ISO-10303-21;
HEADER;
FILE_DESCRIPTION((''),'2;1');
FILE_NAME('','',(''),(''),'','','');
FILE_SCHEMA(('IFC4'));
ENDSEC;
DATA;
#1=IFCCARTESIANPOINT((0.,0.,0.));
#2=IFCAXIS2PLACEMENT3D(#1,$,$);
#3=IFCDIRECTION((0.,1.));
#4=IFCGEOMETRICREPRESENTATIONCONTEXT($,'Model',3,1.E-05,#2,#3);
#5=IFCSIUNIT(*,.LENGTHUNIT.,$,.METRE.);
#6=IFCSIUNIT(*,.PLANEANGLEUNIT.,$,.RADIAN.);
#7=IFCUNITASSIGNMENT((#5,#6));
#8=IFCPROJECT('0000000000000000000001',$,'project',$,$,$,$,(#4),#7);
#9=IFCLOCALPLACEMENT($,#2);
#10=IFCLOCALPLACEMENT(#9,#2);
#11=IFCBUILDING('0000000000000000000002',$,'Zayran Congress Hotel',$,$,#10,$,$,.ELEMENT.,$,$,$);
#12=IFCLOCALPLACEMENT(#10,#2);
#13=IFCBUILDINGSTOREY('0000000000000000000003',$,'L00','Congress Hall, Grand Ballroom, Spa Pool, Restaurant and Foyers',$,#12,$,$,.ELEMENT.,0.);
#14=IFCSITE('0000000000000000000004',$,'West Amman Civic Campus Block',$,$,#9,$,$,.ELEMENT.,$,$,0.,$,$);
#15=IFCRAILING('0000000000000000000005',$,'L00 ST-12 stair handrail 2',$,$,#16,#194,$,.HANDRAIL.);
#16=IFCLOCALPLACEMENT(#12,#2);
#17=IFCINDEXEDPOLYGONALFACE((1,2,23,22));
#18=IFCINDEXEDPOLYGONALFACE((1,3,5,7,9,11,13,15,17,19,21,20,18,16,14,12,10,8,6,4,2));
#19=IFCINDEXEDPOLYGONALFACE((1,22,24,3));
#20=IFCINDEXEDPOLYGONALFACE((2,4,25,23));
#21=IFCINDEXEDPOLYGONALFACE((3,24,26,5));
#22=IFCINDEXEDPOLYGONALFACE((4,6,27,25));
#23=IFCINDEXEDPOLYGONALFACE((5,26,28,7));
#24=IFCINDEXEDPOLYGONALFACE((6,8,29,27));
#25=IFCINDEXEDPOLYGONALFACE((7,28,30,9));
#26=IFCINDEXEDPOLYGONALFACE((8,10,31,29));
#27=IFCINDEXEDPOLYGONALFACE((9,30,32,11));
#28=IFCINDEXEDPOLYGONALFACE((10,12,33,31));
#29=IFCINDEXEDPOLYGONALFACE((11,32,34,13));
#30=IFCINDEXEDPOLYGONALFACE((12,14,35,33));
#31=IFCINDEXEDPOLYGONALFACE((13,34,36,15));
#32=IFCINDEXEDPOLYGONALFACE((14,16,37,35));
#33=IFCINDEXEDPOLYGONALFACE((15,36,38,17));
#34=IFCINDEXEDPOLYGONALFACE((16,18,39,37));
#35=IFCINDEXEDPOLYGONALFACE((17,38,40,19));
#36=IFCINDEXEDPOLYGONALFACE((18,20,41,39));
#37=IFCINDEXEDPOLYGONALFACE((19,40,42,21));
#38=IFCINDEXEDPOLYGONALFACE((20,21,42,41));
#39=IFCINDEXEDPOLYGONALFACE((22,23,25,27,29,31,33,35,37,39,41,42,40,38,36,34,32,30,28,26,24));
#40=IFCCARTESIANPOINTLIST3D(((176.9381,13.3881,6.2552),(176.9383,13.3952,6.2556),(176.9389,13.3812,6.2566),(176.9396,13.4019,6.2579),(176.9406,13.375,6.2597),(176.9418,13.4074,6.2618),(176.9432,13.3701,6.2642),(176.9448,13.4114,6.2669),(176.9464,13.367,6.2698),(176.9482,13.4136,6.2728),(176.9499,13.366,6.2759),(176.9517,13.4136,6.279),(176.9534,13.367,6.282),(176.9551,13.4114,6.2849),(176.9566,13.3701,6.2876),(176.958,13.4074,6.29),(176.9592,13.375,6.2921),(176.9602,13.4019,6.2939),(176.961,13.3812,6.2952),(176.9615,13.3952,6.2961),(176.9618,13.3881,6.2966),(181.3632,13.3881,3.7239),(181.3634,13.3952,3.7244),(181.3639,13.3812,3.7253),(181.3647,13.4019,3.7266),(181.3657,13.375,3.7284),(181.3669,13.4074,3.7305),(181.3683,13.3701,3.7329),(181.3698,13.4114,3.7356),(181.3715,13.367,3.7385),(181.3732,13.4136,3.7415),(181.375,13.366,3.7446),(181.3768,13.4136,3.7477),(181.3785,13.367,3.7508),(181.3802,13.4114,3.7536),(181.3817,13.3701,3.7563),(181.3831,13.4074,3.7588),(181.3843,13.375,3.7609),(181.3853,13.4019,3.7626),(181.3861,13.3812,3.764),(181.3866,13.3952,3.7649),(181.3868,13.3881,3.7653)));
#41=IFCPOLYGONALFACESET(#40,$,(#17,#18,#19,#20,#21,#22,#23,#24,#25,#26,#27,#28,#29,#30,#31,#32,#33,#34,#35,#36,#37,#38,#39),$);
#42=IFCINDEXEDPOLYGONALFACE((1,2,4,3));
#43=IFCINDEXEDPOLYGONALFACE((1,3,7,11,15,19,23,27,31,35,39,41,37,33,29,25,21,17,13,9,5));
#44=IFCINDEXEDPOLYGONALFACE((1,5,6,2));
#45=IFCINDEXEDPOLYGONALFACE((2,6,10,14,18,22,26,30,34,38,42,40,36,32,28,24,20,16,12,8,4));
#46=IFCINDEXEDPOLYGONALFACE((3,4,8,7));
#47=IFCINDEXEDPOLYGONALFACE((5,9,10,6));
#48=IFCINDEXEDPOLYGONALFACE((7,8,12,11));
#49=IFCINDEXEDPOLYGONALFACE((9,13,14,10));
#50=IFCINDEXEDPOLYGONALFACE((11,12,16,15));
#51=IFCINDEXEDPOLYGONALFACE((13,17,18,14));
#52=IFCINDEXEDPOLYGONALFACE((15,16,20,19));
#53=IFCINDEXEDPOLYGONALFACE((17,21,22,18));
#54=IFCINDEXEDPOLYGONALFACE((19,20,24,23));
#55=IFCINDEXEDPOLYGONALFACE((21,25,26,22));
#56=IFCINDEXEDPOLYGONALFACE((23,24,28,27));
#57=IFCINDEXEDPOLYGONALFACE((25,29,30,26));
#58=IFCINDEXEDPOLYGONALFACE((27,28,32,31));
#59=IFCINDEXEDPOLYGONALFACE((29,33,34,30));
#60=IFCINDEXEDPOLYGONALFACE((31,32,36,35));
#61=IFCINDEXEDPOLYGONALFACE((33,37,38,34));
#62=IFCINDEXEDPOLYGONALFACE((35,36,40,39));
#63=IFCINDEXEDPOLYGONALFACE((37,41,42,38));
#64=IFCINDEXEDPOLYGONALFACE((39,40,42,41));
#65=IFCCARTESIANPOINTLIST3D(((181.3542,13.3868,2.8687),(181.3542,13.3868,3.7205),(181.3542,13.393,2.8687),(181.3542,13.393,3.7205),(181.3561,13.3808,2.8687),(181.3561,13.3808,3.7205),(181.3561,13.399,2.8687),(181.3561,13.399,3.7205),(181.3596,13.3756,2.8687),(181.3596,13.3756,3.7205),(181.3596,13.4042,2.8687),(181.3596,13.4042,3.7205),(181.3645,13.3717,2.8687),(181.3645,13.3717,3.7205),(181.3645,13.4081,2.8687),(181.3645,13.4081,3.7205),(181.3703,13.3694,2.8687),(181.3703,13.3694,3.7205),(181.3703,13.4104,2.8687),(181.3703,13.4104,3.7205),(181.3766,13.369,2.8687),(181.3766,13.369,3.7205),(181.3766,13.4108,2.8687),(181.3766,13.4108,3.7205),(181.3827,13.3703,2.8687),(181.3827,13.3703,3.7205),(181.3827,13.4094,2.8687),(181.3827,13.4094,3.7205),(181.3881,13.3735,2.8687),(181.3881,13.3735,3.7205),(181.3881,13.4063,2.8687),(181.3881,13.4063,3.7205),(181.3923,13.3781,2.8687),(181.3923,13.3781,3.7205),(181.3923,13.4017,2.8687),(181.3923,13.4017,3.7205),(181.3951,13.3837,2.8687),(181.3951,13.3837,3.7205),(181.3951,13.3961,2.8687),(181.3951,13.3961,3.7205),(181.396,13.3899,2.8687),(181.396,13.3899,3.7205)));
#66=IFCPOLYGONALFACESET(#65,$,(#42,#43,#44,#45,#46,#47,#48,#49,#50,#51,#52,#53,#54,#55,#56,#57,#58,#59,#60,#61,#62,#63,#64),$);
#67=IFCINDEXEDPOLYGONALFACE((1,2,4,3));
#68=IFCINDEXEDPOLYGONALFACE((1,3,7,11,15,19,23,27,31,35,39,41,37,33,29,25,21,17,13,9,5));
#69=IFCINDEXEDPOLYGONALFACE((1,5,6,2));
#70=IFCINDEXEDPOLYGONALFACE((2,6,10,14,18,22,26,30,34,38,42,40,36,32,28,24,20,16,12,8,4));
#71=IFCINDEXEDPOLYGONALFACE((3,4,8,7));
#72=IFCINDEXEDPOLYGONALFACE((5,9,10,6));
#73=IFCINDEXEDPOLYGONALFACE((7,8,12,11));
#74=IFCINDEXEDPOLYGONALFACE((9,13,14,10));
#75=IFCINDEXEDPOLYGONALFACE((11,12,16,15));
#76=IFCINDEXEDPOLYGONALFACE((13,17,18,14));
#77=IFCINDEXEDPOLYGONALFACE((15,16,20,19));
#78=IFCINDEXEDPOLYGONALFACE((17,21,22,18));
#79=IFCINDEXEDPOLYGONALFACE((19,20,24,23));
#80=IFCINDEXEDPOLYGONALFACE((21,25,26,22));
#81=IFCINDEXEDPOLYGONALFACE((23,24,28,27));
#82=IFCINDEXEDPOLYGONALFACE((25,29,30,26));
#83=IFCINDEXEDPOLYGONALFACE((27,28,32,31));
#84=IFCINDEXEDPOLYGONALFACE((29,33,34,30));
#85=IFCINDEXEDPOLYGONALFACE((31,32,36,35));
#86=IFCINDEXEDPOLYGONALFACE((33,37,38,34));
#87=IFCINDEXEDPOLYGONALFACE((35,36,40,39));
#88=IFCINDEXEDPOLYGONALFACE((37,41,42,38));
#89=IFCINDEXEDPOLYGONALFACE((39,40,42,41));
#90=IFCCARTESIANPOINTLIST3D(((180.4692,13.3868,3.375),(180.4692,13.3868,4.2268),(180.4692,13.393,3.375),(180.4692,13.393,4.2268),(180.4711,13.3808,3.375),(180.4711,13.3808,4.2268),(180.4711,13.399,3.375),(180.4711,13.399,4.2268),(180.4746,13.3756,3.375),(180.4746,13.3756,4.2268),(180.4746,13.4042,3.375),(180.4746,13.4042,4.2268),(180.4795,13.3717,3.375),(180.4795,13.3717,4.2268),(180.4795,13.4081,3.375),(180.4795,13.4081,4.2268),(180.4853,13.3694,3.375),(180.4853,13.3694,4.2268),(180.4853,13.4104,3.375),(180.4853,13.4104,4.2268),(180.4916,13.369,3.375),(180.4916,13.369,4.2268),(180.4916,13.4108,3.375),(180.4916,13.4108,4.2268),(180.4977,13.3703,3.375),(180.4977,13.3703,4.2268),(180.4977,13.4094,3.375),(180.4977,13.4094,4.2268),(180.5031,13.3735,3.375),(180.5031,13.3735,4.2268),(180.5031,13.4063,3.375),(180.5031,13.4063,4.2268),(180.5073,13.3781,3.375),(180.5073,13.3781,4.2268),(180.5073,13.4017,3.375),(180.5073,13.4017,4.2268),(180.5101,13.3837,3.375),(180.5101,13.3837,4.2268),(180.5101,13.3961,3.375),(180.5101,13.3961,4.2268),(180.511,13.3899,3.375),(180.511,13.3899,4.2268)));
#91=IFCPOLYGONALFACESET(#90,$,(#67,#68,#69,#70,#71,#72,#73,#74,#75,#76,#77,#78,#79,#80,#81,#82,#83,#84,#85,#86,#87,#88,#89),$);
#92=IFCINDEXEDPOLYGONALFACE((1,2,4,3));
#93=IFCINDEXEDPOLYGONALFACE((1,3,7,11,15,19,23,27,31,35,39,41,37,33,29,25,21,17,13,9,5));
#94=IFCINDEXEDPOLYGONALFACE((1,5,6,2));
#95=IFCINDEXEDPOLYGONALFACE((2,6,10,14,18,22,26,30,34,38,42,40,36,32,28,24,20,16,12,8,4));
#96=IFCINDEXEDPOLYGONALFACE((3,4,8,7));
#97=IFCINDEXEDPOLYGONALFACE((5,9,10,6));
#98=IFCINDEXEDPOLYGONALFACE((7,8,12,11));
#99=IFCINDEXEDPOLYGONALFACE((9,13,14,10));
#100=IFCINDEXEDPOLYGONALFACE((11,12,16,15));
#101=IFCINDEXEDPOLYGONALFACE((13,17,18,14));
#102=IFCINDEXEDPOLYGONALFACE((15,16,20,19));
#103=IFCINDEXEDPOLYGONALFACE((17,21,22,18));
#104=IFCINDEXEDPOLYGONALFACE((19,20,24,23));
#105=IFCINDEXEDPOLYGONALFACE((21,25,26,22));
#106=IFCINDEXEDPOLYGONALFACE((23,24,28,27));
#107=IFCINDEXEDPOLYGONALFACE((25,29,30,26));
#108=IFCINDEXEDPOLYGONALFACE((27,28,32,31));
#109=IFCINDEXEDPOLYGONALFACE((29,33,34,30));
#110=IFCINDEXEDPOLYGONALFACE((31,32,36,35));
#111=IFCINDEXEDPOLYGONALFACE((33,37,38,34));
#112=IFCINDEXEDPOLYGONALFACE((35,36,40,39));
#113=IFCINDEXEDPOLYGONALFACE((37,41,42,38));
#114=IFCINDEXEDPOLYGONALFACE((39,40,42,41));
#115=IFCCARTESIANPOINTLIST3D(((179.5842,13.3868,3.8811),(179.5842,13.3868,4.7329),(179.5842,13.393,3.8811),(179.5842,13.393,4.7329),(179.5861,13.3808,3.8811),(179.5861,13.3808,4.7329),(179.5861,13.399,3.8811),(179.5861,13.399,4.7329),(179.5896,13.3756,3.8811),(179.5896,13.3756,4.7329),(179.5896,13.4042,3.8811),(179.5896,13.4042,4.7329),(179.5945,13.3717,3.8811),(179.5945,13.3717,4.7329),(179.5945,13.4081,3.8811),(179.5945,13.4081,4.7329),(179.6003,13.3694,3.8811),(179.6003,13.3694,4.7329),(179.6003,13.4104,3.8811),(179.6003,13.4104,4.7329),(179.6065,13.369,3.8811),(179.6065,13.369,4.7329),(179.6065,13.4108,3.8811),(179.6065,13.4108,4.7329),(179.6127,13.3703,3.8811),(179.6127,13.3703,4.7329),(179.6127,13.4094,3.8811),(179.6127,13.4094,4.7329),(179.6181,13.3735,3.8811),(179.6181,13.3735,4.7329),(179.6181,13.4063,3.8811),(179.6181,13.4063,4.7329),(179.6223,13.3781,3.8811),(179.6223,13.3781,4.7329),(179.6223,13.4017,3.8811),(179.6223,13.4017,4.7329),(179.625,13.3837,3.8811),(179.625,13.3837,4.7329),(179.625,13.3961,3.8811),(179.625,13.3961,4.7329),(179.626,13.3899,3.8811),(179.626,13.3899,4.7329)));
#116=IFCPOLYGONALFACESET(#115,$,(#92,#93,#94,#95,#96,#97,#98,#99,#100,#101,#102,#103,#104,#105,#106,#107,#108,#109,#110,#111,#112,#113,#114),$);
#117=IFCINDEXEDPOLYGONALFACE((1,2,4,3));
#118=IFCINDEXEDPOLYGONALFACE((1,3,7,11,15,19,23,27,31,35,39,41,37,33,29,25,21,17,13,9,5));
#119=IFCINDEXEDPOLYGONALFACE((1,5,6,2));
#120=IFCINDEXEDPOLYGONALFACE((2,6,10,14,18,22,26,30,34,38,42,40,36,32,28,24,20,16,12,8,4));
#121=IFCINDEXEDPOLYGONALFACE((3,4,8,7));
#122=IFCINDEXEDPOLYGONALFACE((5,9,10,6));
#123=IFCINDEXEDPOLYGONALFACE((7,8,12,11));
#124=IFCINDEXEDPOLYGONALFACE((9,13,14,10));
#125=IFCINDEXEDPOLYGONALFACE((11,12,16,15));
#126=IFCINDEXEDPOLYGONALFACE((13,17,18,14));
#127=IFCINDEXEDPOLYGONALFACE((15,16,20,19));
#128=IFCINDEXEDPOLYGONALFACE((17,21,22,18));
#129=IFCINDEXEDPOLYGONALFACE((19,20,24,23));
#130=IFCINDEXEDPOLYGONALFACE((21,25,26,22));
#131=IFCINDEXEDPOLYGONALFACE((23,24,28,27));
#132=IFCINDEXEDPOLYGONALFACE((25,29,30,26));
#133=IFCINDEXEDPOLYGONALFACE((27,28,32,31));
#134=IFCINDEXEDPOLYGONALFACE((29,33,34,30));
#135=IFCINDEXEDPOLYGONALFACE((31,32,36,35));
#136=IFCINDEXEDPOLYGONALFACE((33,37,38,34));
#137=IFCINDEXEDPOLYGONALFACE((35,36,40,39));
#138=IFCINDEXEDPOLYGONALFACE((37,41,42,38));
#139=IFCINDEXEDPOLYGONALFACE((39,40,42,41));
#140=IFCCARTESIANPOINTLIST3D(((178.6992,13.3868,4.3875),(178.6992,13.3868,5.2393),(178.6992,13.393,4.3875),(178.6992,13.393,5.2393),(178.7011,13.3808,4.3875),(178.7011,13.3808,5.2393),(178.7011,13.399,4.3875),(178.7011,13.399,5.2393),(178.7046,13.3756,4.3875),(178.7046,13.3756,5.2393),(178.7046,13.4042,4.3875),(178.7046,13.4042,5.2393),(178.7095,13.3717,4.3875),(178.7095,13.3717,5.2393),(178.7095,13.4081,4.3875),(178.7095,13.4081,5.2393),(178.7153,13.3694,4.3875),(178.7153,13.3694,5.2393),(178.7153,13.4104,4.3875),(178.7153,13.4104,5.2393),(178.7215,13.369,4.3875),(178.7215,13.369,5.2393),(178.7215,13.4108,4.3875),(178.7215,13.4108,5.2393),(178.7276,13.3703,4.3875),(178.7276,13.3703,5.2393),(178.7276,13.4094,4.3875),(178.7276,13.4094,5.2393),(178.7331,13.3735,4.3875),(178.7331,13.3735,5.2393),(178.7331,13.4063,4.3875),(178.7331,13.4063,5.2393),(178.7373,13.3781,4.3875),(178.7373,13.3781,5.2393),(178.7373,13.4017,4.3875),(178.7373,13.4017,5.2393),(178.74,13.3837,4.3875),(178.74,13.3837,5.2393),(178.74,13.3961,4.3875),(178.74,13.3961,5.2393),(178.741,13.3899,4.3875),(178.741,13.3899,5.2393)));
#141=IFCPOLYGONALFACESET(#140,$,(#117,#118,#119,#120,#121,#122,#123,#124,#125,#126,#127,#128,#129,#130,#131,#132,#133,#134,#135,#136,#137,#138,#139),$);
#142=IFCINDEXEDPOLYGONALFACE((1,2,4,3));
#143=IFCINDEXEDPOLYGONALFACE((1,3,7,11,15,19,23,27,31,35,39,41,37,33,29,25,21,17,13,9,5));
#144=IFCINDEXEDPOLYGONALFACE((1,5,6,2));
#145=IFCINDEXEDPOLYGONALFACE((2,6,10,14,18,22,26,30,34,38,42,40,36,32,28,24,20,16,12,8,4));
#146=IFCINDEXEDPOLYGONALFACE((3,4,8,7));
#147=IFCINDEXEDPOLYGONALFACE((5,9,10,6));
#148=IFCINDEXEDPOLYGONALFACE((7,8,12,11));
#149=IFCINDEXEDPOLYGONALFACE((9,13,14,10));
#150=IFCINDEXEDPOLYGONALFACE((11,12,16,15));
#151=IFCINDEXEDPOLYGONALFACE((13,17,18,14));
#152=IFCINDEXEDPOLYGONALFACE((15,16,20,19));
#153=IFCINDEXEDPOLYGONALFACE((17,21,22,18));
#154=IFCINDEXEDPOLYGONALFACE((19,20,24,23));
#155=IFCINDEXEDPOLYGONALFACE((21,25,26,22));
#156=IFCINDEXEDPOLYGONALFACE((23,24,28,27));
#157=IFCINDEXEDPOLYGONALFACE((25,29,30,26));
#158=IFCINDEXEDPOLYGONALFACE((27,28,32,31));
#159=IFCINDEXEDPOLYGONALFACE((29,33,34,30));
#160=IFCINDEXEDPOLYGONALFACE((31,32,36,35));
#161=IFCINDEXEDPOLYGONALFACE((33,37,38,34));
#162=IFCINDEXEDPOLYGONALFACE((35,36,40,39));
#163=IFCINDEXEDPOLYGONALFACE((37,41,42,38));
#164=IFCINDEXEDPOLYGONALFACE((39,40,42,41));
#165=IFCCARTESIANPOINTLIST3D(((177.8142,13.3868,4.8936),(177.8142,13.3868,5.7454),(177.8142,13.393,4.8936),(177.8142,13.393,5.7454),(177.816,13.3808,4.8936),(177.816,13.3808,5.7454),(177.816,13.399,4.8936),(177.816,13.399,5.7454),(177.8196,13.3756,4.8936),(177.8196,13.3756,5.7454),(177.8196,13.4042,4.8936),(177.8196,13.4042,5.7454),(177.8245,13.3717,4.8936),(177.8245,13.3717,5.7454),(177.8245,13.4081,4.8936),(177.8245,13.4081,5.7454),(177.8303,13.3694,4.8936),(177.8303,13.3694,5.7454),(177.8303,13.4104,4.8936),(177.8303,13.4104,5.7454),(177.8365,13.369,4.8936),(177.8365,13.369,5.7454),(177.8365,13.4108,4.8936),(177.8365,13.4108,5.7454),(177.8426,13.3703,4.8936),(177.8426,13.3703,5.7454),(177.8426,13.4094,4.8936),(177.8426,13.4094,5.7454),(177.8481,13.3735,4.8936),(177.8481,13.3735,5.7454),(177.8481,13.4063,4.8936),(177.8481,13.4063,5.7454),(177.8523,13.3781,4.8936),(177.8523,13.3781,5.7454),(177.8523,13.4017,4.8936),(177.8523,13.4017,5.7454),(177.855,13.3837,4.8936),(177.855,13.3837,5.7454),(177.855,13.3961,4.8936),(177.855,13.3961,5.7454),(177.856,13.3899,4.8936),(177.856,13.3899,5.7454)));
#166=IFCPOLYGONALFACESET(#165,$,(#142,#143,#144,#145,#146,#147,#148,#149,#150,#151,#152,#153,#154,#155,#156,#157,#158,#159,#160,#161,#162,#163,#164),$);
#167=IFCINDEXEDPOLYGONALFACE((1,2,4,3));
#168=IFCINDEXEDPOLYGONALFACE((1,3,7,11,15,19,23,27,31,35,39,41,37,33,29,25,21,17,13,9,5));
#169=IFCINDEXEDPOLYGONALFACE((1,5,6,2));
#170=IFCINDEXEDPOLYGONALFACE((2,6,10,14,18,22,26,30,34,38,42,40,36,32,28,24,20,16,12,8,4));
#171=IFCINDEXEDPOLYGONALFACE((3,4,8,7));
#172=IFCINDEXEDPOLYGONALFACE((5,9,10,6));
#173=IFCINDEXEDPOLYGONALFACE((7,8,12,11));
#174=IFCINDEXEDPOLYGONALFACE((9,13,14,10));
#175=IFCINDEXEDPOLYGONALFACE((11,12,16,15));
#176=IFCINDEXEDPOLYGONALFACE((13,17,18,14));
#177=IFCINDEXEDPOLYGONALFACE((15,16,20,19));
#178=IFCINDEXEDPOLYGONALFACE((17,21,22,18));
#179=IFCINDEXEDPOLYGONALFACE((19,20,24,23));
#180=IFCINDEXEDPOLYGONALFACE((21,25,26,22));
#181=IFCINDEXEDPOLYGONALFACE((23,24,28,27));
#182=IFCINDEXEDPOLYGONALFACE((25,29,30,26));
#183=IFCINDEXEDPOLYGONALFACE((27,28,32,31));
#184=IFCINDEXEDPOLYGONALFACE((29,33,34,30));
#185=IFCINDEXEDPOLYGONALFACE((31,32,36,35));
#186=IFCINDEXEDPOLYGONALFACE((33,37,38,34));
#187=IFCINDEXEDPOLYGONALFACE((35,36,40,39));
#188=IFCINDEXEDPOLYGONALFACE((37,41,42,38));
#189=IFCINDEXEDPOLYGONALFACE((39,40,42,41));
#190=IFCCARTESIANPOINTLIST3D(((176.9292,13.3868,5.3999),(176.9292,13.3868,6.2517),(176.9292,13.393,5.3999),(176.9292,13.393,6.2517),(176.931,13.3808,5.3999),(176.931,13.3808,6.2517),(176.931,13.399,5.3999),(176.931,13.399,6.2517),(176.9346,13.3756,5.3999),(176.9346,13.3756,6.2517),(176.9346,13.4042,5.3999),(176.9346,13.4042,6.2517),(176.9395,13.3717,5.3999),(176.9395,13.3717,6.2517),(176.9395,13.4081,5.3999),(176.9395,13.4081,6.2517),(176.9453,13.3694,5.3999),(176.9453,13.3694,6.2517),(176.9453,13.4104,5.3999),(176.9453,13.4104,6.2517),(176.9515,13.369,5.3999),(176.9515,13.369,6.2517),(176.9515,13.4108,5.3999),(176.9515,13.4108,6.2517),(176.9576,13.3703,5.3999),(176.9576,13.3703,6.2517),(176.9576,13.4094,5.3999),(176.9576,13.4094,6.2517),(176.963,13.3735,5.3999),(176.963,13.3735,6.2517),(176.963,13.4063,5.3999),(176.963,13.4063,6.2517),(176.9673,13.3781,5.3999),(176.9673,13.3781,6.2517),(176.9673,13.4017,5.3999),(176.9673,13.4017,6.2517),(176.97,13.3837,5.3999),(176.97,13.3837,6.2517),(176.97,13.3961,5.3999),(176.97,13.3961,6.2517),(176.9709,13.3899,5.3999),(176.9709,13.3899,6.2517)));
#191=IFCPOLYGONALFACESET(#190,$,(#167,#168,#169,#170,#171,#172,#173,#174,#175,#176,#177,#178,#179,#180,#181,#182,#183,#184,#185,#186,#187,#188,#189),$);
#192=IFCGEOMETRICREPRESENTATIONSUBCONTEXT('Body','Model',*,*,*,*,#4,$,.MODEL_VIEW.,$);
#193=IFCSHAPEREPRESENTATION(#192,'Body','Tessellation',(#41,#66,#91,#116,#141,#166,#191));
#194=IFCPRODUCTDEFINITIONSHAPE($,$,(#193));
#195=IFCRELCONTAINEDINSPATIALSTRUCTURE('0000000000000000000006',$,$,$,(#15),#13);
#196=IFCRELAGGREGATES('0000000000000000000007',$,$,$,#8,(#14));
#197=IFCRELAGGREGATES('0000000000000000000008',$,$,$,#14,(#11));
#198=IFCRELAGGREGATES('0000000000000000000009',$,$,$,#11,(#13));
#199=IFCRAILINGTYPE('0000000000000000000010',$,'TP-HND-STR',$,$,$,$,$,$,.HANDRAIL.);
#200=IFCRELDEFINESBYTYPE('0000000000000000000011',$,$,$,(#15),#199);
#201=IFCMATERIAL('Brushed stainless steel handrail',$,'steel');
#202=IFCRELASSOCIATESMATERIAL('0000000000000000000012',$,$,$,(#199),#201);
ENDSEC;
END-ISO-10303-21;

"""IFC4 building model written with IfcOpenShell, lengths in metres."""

from ifc_helpers import new_model, si_unit, direction, frame, origin, origin_2d, place, context, subcontext, project, spatial, circle, extrude, material, type_object, element, save


model = new_model("IFC4")

# Units and contexts
model_context = context("Model", 3, precision=1e-05, world=origin(), true_north=direction((0.0, 1.0)))
body_context = subcontext(model_context, "Body", "Model", "MODEL_VIEW")
ifc_project = project(units=[si_unit("LENGTHUNIT", "METRE"), si_unit("PLANEANGLEUNIT", "RADIAN")], contexts=[model_context])

# Site, building, storey
site_placement = place(None, origin())
site = spatial("IfcSite", under=ifc_project, at=site_placement, Name="West Amman Civic Campus Block", CompositionType="ELEMENT", RefElevation=0.0)
building_placement = place(site_placement, origin())
building = spatial("IfcBuilding", under=site, at=building_placement, Name="Zayran Congress Hotel", CompositionType="ELEMENT")
storey_placement = place(building_placement, origin())
storey = spatial("IfcBuildingStorey", under=building, at=storey_placement, Name="L00", Description="Congress Hall, Grand Ballroom, Spa Pool, Restaurant and Foyers", CompositionType="ELEMENT", Elevation=0.0)

# Railing
ifc_material_1 = material(Name="Brushed stainless steel handrail", Category="steel")
railing_type_1 = type_object("IfcRailingType", Name="TP-HND-STR", PredefinedType="HANDRAIL", material=ifc_material_1)
railing_1_placement = place(storey_placement, frame((181.375, 13.3899, 2.8687)))
element("IfcRailing", 1, at=railing_1_placement, inside=storey, type_object=railing_type_1, Name="L00 ST-12 stair handrail 2", PredefinedType="HANDRAIL", context=body_context, shape_type="SweptSolid", body=[
    extrude(circle(Radius=0.0239, at=origin_2d()), frame((0.0, 0.0, 0.876), z_axis=(-0.868019, 0.0, 0.496531), x_axis=(0.0, -1.0, 0.0)), (0.0, 0.0, 1.0), 5.0979),
    extrude(circle(Radius=0.021, at=origin_2d()), origin(), (0.0, 0.0, 1.0), 0.8518),
    extrude(circle(Radius=0.021, at=origin_2d()), frame((-0.885, 0.0, 0.5063)), (0.0, 0.0, 1.0), 0.8518),
    extrude(circle(Radius=0.021, at=origin_2d()), frame((-1.77, 0.0, 1.0125)), (0.0, 0.0, 1.0), 0.8518),
    extrude(circle(Radius=0.021, at=origin_2d()), frame((-2.655, 0.0, 1.5188)), (0.0, 0.0, 1.0), 0.8518),
    extrude(circle(Radius=0.021, at=origin_2d()), frame((-3.54, 0.0, 2.0249)), (0.0, 0.0, 1.0), 0.8518),
    extrude(circle(Radius=0.021, at=origin_2d()), frame((-4.425, 0.0, 2.5312)), (0.0, 0.0, 1.0), 0.8518),
])

save(model, "model.ifc")
